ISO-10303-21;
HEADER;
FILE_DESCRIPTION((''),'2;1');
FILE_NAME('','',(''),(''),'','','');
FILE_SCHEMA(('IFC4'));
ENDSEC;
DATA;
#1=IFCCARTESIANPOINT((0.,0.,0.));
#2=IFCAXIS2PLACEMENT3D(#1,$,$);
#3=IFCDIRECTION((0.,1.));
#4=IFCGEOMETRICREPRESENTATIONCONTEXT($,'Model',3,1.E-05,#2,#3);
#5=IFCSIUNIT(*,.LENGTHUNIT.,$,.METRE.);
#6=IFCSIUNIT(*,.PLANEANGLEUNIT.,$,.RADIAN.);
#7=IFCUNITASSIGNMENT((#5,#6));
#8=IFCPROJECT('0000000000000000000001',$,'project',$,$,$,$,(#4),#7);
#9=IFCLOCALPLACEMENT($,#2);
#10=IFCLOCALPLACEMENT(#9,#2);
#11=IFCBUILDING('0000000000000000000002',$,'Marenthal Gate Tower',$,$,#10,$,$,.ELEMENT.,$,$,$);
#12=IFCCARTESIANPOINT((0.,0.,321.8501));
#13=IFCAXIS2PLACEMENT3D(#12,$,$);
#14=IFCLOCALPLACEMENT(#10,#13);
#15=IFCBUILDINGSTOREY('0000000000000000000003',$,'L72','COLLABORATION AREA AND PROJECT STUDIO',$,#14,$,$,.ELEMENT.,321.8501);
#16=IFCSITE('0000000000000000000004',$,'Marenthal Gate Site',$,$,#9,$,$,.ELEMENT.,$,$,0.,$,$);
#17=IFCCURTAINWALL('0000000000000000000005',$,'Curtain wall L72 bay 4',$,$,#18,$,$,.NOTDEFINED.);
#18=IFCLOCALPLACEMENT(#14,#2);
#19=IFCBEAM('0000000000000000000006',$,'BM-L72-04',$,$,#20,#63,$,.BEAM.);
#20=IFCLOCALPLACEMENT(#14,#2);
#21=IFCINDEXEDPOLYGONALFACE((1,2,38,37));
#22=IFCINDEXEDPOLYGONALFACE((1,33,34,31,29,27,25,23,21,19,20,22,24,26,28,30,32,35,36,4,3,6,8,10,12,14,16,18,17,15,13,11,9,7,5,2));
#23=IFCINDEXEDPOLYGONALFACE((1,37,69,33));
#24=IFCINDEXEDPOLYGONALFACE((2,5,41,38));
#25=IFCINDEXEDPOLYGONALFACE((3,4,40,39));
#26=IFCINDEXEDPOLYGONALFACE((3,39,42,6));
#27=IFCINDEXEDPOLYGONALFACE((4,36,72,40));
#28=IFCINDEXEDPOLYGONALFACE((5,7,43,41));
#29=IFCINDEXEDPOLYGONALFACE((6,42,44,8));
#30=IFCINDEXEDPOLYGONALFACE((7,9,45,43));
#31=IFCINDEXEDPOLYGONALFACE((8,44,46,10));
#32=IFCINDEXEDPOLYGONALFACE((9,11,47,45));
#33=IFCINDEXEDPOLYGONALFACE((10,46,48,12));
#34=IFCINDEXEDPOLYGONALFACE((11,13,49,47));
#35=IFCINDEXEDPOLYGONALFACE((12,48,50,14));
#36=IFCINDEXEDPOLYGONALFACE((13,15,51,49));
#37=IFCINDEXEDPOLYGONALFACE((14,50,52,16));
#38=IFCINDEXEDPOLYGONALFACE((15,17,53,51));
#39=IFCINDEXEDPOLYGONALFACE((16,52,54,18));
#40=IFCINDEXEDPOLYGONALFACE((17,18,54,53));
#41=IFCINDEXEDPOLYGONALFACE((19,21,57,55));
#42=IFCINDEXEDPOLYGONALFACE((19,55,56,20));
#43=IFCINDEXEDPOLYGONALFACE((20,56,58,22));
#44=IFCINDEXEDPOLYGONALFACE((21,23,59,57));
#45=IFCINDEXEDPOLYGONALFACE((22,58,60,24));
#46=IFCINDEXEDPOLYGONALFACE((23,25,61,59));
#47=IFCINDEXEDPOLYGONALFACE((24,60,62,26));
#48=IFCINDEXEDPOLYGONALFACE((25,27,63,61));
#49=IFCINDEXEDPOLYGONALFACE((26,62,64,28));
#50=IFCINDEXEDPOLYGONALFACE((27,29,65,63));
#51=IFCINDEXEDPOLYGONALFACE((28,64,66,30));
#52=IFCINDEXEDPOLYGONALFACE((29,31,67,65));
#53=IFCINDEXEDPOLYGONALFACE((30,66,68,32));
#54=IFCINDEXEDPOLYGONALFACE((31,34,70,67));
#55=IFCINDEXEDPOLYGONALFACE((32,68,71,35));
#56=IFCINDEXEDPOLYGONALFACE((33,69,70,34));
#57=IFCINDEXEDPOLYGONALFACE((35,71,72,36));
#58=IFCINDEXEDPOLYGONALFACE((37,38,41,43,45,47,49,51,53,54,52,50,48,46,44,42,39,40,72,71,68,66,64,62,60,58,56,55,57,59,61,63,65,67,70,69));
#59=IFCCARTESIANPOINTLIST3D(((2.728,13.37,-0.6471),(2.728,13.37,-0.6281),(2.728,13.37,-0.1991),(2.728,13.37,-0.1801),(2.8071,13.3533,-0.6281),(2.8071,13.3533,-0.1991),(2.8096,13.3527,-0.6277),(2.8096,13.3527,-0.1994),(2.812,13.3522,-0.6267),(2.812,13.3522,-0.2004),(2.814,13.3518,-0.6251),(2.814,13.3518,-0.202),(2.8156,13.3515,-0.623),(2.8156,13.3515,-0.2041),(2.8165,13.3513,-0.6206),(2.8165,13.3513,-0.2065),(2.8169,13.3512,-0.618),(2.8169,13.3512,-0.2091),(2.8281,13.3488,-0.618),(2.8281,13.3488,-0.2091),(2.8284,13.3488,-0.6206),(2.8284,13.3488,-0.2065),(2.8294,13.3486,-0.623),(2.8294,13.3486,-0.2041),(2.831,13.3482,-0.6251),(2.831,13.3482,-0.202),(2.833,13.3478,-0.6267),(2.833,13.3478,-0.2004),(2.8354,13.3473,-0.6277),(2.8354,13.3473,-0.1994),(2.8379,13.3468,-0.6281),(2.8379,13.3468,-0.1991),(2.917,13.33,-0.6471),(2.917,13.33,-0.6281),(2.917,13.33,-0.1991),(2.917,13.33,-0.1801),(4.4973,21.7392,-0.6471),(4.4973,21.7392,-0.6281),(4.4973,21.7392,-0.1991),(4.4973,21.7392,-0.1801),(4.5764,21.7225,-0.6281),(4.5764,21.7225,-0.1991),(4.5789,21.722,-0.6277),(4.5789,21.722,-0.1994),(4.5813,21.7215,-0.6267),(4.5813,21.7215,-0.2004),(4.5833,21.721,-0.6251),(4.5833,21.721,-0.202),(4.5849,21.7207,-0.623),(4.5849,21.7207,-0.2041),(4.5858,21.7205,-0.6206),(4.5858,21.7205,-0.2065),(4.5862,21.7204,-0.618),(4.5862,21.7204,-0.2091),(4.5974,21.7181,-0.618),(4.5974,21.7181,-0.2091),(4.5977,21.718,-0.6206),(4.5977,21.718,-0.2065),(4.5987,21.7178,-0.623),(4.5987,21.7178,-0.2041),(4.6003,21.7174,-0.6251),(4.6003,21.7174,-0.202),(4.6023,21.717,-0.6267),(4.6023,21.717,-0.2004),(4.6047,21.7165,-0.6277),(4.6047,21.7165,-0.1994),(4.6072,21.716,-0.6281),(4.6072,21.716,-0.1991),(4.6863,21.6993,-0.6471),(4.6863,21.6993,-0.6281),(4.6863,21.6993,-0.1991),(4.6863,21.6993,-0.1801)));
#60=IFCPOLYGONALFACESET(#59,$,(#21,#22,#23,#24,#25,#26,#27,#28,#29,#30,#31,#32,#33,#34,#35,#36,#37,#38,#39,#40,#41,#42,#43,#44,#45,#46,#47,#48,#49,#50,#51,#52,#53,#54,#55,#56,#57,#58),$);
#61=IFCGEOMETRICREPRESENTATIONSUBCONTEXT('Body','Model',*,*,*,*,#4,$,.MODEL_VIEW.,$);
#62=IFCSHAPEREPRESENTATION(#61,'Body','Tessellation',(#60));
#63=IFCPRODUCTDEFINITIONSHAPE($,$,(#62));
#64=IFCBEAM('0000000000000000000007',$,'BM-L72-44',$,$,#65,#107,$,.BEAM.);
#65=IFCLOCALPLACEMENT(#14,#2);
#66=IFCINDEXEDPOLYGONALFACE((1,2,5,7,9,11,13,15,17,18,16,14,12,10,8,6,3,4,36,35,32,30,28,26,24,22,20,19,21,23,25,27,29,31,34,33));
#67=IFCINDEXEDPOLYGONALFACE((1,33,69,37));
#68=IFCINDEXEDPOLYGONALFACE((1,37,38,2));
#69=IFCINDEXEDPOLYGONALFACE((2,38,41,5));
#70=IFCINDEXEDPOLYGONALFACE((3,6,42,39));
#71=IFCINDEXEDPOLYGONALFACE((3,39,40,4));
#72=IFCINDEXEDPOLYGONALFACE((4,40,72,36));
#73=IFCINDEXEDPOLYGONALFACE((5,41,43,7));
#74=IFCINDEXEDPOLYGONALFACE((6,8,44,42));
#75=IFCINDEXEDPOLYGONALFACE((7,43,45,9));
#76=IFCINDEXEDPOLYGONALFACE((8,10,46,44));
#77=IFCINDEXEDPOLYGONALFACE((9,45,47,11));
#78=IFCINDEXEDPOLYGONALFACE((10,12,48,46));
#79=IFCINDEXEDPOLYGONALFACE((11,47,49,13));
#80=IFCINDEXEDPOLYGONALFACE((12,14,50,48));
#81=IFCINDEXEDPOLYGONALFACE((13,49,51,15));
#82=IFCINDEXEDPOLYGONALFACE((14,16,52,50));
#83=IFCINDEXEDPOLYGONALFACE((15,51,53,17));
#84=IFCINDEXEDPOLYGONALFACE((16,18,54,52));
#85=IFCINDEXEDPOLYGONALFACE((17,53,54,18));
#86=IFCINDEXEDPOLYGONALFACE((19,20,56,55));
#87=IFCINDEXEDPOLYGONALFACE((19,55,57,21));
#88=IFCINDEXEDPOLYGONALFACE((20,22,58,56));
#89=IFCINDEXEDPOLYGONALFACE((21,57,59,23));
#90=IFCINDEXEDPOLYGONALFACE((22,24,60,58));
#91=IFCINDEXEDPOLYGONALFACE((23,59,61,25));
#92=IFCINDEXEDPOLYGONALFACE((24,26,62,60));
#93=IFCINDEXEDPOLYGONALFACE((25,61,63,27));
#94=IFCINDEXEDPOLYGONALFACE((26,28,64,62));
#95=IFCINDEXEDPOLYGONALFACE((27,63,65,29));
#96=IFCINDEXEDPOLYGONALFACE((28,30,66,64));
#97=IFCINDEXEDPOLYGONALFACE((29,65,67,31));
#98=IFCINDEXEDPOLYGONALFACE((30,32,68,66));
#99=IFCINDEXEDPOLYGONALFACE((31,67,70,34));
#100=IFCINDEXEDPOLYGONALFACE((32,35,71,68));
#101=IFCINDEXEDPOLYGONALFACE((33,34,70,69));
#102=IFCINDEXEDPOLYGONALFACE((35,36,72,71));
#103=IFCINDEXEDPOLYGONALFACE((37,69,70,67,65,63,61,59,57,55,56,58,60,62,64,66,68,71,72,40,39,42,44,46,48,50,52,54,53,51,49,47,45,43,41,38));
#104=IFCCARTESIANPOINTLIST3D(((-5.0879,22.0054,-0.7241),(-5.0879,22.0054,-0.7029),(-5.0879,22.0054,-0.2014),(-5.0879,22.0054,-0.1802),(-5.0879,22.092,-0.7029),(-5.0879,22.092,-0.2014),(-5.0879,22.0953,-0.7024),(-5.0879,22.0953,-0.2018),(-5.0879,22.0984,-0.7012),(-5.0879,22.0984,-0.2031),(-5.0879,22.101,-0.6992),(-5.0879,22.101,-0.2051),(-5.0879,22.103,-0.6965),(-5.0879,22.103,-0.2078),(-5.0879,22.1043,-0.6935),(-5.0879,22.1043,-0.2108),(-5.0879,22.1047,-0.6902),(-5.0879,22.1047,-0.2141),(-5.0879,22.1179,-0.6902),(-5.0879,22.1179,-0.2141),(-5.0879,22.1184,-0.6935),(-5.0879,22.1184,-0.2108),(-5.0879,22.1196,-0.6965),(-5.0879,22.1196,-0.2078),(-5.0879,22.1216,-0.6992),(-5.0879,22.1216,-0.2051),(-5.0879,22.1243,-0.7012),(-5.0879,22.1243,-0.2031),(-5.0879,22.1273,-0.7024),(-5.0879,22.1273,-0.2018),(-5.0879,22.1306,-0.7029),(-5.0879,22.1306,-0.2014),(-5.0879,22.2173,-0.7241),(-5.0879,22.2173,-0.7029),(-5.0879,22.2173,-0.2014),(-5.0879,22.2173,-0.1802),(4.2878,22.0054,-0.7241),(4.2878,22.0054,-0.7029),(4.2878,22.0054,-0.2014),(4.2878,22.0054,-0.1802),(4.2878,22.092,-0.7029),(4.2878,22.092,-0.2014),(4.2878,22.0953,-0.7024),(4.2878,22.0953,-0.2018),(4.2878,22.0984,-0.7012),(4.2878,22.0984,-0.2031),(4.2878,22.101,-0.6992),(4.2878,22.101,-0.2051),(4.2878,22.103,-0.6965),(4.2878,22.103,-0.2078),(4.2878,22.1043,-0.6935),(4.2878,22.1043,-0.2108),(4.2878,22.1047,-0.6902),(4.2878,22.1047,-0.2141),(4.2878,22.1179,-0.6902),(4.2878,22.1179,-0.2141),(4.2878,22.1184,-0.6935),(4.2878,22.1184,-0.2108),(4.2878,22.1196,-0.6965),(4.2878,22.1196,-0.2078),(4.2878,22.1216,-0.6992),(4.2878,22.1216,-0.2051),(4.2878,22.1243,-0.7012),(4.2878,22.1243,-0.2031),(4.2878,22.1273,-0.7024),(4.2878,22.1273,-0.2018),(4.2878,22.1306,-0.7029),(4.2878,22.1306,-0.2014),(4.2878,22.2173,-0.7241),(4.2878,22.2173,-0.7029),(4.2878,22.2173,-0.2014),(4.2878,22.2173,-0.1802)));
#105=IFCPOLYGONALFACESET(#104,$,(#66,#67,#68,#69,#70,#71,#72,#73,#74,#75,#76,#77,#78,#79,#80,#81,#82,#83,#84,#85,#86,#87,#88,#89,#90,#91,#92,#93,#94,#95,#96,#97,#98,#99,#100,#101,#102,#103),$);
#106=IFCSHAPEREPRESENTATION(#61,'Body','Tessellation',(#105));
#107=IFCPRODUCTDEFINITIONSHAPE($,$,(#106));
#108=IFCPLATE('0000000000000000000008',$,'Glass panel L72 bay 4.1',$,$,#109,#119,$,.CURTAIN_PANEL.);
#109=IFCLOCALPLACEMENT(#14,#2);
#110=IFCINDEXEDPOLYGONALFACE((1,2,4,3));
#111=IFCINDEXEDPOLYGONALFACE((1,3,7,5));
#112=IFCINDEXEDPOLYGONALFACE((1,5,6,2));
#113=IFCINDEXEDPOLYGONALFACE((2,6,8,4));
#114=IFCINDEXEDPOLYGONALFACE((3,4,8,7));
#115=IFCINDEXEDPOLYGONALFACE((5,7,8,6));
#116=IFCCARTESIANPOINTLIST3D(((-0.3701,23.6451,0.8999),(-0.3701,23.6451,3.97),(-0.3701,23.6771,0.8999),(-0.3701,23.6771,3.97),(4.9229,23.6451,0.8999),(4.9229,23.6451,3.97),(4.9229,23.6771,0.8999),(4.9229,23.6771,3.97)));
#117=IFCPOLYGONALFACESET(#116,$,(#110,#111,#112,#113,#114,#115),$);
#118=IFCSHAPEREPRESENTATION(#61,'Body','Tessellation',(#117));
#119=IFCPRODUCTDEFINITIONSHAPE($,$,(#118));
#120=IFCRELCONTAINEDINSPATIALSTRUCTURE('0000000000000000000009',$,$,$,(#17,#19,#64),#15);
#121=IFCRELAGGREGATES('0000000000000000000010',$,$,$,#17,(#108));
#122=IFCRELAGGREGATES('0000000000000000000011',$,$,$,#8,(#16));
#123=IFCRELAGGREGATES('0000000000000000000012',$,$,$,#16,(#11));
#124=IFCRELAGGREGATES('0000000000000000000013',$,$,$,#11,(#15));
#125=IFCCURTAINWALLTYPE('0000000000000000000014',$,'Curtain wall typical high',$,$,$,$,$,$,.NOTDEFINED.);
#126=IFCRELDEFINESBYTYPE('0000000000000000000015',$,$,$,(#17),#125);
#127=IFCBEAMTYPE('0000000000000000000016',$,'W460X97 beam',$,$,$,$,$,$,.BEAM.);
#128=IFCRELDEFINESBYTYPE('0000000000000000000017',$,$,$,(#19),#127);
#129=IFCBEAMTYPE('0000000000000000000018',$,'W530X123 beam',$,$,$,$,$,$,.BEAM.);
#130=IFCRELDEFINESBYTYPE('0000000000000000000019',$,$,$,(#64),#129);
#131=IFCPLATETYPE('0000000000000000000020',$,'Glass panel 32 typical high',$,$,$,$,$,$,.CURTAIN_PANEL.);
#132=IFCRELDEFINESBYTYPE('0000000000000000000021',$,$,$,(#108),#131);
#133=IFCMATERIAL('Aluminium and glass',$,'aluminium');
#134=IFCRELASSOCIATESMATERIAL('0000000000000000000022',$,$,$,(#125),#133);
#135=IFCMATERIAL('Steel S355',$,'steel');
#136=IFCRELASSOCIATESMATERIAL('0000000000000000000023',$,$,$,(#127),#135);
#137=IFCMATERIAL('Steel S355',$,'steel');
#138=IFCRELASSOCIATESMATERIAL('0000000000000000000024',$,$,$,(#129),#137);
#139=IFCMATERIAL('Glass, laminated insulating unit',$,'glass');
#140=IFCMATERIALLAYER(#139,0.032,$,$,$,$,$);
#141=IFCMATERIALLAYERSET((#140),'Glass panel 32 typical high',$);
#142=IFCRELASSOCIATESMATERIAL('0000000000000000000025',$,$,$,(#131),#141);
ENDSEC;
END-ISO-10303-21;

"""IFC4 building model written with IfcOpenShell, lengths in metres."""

from ifc_helpers import new_model, si_unit, direction, frame, origin, origin_2d, place, context, subcontext, project, spatial, rectangle, i_section, extrude, material, layer, layer_set, material_profile, profile_set, type_object, element, aggregate, save


model = new_model("IFC4")

# Units and contexts
model_context = context("Model", 3, precision=1e-05, world=origin(), true_north=direction((0.0, 1.0)))
body_context = subcontext(model_context, "Body", "Model", "MODEL_VIEW")
ifc_project = project(units=[si_unit("LENGTHUNIT", "METRE"), si_unit("PLANEANGLEUNIT", "RADIAN")], contexts=[model_context])

# Site, building, storey
site_placement = place(None, origin())
site = spatial("IfcSite", under=ifc_project, at=site_placement, Name="Marenthal Gate Site", CompositionType="ELEMENT", RefElevation=0.0)
building_placement = place(site_placement, origin())
building = spatial("IfcBuilding", under=site, at=building_placement, Name="Marenthal Gate Tower", CompositionType="ELEMENT")
storey_placement = place(building_placement, frame((0.0, 0.0, 321.8501)))
storey = spatial("IfcBuildingStorey", under=building, at=storey_placement, Name="L72", Description="COLLABORATION AREA AND PROJECT STUDIO", CompositionType="ELEMENT", Elevation=321.8501)

# Curtain wall
ifc_material_1 = material(Name="Aluminium and glass", Category="aluminium")
curtain_wall_type = type_object("IfcCurtainWallType", Name="Curtain wall typical high", PredefinedType="NOTDEFINED", material=ifc_material_1)
curtain_wall_placement = place(storey_placement, origin())
curtain_wall = element("IfcCurtainWall", 1, at=curtain_wall_placement, inside=storey, type_object=curtain_wall_type, Name="Curtain wall L72 bay 4", PredefinedType="NOTDEFINED")

# Beams
ifc_material_2 = material(Name="Steel S355", Category="steel")
ifc_material_profile_1 = material_profile(ifc_material_2, i_section(OverallWidth=0.1931, OverallDepth=0.467, WebThickness=0.0115, FlangeThickness=0.019, FilletRadius=0.01, at=origin_2d()), Name="W460X97")
ifc_profile_set_1 = profile_set([ifc_material_profile_1], Name="Steel S355")
beam_type_1 = type_object("IfcBeamType", Name="W460X97 beam", PredefinedType="BEAM", material=ifc_profile_set_1)
beam_1_placement = place(storey_placement, frame((4.5918, 21.7192, -0.4136), z_axis=(-0.206835, -0.978376, 0.0), x_axis=(0.978376, -0.206835, 0.0)))
element("IfcBeam", 2, at=beam_1_placement, inside=storey, type_object=beam_type_1, Name="BM-L72-04", PredefinedType="BEAM", context=body_context, shape_type="SweptSolid", body=[
    extrude(i_section(OverallWidth=0.1931, OverallDepth=0.467, WebThickness=0.0115, FlangeThickness=0.019, FilletRadius=0.01, at=origin_2d()), origin(), (0.0, 0.0, 1.0), 8.5542),
])
ifc_material_3 = material(Name="Steel S355", Category="steel")
ifc_material_profile_2 = material_profile(ifc_material_3, i_section(OverallWidth=0.2119, OverallDepth=0.5439, WebThickness=0.0132, FlangeThickness=0.0212, FilletRadius=0.0127, at=origin_2d()), Name="W530X123")
ifc_profile_set_2 = profile_set([ifc_material_profile_2], Name="Steel S355")
beam_type_2 = type_object("IfcBeamType", Name="W530X123 beam", PredefinedType="BEAM", material=ifc_profile_set_2)
beam_2_placement = place(storey_placement, frame((4.2878, 22.1113, -0.4521), z_axis=(-1.0, 0.0, 0.0), x_axis=(0.0, -1.0, 0.0)))
element("IfcBeam", 3, at=beam_2_placement, inside=storey, type_object=beam_type_2, Name="BM-L72-44", PredefinedType="BEAM", context=body_context, shape_type="SweptSolid", body=[
    extrude(i_section(OverallWidth=0.2119, OverallDepth=0.5439, WebThickness=0.0132, FlangeThickness=0.0212, FilletRadius=0.0127, at=origin_2d()), origin(), (0.0, 0.0, 1.0), 9.3757),
])

# Plate
ifc_material_4 = material(Name="Glass, laminated insulating unit", Category="glass")
ifc_layer_1 = layer(ifc_material_4, 0.032)
ifc_layer_set_1 = layer_set([ifc_layer_1], Name="Glass panel 32 typical high")
plate_type = type_object("IfcPlateType", Name="Glass panel 32 typical high", PredefinedType="CURTAIN_PANEL", material=ifc_layer_set_1)
plate_placement = place(storey_placement, frame((2.2764, 23.6611, 0.8999), z_axis=(0.0, 0.0, 1.0), x_axis=(-1.0, 0.0, 0.0)))
plate = element("IfcPlate", 4, at=plate_placement, type_object=plate_type, Name="Glass panel L72 bay 4.1", PredefinedType="CURTAIN_PANEL", context=body_context, shape_type="SweptSolid", body=[
    extrude(rectangle(XDim=5.293, YDim=0.032, at=origin_2d()), origin(), (0.0, 0.0, 1.0), 3.0701),
])
aggregate(curtain_wall, [plate])

save(model, "model.ifc")
